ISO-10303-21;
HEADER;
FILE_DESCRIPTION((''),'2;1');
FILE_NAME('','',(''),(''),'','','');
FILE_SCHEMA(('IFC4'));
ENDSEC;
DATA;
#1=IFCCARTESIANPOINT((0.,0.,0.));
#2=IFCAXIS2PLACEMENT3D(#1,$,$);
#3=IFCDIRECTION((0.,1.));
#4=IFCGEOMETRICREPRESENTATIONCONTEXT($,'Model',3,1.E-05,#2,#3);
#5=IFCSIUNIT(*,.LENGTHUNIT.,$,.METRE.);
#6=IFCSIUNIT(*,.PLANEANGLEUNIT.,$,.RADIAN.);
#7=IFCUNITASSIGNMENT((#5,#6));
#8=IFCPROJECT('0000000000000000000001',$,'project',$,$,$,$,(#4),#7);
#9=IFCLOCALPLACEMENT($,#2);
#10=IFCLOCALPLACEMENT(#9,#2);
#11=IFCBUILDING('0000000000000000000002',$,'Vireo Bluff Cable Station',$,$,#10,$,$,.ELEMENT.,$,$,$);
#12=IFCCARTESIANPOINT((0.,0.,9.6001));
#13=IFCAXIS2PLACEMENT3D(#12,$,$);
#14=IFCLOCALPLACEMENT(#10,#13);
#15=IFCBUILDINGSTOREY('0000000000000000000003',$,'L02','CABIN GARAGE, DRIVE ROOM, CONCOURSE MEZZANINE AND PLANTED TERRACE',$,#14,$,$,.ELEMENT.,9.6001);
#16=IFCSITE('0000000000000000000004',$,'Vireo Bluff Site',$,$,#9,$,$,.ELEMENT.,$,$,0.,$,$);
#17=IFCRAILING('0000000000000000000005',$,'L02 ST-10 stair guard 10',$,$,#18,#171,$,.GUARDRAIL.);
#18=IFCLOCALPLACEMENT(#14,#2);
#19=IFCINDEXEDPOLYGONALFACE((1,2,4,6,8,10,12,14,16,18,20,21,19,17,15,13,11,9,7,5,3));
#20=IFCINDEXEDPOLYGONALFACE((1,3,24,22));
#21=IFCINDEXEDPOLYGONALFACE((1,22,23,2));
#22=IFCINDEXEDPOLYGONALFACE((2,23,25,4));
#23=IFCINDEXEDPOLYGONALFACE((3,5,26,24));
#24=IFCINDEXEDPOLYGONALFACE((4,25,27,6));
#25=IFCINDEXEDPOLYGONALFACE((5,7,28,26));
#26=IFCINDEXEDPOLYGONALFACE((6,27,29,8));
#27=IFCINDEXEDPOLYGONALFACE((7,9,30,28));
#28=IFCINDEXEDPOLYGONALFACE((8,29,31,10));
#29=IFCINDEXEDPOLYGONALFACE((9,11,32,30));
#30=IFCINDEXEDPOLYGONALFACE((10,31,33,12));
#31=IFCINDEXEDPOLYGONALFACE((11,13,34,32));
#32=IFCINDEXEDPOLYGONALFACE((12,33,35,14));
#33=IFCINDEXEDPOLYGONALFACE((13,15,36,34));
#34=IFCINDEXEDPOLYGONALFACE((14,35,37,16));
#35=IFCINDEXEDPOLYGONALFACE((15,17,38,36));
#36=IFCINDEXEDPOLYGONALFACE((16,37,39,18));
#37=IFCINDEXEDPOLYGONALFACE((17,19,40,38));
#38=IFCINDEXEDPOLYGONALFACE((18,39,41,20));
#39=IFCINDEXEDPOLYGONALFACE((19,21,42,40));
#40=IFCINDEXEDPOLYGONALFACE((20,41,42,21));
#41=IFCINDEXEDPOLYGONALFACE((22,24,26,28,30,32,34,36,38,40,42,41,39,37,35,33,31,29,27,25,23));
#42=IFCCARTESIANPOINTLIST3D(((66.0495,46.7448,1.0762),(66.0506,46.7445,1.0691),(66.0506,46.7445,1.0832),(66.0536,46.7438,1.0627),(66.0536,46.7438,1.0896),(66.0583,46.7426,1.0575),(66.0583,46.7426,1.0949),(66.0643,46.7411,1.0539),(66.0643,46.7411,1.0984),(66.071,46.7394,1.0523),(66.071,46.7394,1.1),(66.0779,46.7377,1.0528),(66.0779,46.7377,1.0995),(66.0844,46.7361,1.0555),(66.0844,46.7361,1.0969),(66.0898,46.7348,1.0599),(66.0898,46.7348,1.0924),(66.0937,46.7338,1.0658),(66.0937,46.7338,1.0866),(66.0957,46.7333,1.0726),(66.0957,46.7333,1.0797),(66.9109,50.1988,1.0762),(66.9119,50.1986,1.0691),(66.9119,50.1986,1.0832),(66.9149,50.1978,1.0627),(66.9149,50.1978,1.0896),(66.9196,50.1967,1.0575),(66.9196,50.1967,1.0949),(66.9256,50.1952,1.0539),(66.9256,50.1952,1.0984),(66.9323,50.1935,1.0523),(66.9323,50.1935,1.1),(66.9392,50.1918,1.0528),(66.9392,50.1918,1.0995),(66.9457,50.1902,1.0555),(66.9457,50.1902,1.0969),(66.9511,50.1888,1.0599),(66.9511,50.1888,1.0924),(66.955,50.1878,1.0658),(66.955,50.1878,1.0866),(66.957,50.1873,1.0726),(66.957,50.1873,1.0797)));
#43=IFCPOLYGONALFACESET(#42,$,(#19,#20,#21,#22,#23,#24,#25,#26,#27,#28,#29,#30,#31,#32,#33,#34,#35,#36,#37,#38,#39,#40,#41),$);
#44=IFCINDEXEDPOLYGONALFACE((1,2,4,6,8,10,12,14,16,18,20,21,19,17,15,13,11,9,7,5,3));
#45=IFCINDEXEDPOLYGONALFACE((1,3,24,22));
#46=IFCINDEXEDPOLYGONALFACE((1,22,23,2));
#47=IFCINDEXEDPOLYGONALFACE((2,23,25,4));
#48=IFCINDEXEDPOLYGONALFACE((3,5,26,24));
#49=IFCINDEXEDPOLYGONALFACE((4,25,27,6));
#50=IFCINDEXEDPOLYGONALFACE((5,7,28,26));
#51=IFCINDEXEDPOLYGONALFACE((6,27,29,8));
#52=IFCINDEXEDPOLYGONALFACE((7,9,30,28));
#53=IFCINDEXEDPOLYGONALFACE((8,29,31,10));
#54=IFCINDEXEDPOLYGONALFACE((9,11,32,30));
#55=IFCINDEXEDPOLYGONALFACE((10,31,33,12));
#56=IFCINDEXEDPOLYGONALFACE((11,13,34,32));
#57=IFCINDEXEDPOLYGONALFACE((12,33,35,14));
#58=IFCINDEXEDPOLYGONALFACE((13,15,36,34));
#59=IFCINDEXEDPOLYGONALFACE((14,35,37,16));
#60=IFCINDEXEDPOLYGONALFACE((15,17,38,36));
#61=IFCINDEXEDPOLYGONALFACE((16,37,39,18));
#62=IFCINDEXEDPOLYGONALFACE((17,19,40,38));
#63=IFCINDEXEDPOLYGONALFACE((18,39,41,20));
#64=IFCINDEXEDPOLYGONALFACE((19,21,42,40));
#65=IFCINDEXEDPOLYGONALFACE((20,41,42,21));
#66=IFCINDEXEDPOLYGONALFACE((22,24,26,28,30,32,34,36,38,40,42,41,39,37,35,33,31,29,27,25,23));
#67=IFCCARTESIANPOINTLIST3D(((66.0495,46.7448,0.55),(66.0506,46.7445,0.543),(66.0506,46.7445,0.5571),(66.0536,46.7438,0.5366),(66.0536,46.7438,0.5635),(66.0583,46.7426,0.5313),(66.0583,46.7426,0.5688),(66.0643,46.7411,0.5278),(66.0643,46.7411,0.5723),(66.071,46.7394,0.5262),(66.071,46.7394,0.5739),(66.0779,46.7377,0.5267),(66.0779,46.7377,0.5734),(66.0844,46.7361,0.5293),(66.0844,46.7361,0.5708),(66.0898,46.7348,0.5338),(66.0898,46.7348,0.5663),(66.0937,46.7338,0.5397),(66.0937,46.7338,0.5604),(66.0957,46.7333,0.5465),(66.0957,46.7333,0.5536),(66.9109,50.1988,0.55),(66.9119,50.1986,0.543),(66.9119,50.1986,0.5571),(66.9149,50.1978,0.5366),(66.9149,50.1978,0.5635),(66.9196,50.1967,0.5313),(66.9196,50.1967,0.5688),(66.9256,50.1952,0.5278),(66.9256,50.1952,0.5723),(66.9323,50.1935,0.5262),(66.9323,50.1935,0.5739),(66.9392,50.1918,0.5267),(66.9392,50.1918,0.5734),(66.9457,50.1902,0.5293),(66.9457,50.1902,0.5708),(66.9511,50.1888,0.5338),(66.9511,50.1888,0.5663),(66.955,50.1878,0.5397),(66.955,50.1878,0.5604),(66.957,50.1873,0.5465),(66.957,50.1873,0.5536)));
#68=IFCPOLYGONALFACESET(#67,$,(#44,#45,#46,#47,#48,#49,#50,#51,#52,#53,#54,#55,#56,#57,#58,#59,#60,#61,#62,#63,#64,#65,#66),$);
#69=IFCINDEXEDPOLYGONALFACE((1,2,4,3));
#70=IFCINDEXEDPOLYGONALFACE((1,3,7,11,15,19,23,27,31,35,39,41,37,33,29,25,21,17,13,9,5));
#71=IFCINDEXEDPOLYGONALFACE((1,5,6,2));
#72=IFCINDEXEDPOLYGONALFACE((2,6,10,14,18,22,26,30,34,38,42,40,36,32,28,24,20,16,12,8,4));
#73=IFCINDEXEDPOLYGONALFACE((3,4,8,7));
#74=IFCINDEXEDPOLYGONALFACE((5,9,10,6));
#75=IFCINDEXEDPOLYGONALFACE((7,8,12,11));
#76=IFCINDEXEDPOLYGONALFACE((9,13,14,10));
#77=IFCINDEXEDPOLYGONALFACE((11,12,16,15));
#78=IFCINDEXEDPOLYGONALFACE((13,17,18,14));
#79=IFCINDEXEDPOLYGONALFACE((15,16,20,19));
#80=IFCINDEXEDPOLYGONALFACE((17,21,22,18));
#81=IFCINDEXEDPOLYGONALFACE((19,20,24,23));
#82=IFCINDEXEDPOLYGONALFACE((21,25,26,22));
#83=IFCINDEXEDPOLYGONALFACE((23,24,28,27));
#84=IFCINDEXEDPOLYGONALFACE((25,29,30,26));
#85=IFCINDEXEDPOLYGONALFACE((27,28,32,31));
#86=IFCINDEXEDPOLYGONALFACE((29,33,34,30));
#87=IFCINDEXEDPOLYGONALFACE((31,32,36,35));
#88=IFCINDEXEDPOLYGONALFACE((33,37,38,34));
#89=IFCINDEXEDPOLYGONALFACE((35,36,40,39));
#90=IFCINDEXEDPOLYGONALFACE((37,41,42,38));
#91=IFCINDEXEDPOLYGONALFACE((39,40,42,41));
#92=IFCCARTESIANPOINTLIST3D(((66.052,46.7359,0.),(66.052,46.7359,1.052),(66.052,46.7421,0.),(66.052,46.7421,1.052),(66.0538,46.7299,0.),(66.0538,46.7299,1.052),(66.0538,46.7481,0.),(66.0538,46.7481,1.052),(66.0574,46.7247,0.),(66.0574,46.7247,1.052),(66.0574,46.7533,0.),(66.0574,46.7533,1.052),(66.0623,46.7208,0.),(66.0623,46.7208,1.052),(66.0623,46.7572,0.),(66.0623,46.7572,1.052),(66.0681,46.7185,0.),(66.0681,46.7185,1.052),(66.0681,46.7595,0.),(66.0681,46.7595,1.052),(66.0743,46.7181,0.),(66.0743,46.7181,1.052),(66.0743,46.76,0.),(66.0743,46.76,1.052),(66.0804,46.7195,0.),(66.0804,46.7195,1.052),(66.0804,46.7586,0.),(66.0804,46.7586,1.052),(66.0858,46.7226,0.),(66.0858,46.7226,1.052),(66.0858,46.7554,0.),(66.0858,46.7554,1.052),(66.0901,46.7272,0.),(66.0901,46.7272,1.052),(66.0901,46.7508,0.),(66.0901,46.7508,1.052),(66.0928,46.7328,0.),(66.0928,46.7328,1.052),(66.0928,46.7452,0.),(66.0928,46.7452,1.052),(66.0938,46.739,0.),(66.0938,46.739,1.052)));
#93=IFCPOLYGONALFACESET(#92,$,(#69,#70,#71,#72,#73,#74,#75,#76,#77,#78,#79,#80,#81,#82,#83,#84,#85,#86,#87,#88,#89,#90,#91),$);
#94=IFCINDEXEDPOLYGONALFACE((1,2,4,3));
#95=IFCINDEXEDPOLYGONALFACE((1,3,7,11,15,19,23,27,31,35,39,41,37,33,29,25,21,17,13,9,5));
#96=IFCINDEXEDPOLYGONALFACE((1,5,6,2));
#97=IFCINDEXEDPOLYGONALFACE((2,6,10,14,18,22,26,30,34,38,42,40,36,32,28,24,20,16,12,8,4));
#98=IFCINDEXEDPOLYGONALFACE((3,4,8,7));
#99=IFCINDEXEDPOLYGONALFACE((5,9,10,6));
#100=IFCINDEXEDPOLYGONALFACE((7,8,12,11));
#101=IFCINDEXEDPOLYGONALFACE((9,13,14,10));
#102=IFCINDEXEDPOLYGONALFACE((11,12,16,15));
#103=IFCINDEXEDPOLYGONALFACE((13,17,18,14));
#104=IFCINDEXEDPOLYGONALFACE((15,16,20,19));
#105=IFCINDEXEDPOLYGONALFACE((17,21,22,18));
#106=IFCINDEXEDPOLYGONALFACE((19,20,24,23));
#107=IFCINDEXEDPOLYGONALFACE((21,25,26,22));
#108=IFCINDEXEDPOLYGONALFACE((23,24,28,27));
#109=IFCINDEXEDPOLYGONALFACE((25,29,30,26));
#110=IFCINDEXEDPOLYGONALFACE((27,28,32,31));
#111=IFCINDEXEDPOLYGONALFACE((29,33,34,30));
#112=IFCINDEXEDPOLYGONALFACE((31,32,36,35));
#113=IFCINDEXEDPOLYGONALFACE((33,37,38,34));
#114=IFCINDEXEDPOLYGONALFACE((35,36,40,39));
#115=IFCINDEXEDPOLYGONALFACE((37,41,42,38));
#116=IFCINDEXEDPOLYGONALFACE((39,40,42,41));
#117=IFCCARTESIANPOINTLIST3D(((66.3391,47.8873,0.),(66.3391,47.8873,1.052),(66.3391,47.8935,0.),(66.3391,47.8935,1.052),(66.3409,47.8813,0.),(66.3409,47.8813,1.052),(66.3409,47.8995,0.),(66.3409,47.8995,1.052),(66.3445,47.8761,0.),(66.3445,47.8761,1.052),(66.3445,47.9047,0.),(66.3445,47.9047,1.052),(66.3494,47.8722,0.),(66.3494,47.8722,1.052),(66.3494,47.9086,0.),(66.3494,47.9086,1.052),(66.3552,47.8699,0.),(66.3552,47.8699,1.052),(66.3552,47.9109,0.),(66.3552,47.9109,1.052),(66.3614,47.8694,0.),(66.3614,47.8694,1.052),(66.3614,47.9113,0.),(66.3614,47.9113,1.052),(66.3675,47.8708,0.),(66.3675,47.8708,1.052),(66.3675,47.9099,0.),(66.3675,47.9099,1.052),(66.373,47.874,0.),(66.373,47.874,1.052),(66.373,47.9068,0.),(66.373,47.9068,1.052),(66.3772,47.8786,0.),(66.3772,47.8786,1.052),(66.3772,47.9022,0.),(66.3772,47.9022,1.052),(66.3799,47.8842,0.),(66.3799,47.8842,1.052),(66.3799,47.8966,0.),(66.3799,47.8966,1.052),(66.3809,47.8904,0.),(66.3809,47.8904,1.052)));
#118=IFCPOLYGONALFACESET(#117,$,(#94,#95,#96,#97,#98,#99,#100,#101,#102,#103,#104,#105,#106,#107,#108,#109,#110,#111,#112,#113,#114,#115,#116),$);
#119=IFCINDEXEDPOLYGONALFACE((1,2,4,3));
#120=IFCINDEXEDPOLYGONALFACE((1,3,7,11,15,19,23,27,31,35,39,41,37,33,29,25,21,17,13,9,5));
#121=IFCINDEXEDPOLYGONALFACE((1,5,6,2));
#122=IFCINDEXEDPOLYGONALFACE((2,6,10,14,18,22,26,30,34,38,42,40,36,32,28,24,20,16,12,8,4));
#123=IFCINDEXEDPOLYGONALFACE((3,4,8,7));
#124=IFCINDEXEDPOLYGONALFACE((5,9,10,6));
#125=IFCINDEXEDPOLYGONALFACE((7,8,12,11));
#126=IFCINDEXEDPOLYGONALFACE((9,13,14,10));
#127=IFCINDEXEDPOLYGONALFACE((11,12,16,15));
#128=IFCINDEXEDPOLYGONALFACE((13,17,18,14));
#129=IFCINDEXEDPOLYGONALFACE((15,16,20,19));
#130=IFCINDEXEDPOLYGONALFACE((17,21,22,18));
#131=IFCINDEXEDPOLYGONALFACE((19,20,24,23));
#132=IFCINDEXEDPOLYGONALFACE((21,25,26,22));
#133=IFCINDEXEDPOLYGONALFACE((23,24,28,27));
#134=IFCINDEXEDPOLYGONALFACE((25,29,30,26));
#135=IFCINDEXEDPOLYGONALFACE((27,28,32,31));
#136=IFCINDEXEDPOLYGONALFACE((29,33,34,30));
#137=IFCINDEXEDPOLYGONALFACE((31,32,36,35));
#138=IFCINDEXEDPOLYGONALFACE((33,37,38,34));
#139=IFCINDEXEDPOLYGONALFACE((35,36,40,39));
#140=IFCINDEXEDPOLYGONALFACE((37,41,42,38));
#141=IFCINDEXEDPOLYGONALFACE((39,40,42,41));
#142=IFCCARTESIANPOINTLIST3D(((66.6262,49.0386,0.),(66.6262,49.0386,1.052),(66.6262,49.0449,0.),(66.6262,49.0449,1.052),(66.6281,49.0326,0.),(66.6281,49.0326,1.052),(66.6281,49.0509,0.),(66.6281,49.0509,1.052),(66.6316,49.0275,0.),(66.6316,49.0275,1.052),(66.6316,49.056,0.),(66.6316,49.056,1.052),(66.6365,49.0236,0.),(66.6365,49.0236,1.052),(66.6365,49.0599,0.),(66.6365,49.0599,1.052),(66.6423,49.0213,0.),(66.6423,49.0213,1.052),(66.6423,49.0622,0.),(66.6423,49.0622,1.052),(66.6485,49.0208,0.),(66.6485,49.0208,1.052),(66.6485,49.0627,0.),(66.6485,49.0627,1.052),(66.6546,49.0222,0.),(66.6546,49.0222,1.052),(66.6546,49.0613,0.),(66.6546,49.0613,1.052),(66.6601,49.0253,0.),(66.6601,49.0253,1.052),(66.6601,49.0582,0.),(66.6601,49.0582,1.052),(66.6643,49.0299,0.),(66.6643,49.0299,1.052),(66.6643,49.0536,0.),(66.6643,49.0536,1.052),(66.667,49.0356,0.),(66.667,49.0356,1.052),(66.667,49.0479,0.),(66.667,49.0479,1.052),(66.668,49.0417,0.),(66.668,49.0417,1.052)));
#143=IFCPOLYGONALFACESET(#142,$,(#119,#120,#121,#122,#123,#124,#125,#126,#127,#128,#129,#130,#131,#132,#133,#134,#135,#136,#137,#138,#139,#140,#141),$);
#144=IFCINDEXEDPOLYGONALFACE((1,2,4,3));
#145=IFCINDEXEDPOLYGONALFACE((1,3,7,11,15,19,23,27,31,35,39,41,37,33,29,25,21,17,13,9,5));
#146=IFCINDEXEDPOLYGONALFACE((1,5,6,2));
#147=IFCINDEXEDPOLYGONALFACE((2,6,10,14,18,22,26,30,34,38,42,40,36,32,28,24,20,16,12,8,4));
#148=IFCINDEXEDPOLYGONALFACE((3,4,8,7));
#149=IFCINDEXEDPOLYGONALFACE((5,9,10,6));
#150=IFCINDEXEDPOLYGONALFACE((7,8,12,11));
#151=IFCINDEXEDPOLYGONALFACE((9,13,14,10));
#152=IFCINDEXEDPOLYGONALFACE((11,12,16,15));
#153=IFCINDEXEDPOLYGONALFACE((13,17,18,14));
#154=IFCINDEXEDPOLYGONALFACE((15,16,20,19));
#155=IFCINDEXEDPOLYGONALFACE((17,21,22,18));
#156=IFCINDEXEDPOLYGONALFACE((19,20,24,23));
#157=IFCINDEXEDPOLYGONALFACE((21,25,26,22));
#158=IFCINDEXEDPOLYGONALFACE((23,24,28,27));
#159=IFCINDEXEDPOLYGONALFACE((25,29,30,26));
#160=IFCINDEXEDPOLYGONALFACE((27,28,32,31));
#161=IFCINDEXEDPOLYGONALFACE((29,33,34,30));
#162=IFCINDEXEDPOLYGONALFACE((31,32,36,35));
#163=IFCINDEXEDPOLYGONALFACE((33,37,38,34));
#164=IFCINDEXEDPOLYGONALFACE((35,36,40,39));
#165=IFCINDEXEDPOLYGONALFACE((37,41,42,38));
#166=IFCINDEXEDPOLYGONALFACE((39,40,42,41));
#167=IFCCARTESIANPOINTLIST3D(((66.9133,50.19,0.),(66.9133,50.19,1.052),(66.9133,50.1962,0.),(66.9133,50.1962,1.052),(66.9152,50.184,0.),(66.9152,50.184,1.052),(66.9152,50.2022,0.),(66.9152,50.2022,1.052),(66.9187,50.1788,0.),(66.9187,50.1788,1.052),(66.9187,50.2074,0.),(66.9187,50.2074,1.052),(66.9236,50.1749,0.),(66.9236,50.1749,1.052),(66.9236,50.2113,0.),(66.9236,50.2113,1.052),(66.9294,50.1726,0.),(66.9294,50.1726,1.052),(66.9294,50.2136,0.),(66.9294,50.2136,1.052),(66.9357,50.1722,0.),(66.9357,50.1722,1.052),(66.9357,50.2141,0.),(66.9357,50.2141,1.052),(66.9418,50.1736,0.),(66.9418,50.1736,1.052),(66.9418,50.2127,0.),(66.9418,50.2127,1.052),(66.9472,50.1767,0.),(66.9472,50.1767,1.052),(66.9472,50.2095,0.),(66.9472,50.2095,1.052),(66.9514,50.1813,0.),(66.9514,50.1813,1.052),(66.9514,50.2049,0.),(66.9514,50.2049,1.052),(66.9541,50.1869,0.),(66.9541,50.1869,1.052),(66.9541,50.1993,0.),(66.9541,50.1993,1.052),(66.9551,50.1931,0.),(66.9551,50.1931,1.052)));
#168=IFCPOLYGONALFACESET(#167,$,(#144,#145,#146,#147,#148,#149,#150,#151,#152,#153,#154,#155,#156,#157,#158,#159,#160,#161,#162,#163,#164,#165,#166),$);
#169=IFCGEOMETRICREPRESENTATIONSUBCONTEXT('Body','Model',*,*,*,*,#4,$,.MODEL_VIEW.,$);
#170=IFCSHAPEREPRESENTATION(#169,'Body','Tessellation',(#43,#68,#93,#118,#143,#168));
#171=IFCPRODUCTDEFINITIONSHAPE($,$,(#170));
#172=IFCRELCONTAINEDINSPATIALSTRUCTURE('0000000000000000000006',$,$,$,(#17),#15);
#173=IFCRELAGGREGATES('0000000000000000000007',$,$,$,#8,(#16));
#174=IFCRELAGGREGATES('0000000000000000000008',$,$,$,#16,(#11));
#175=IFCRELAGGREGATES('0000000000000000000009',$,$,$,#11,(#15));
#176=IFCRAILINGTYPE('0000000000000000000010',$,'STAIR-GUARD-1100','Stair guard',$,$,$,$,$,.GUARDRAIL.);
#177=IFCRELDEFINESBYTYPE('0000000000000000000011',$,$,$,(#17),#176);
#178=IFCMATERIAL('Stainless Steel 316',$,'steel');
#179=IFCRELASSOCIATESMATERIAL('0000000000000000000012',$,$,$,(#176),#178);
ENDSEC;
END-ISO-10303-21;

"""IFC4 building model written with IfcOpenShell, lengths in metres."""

from ifc_helpers import new_model, si_unit, direction, frame, origin, origin_2d, place, context, subcontext, project, spatial, circle, extrude, material, type_object, element, save


model = new_model("IFC4")

# Units and contexts
model_context = context("Model", 3, precision=1e-05, world=origin(), true_north=direction((0.0, 1.0)))
body_context = subcontext(model_context, "Body", "Model", "MODEL_VIEW")
ifc_project = project(units=[si_unit("LENGTHUNIT", "METRE"), si_unit("PLANEANGLEUNIT", "RADIAN")], contexts=[model_context])

# Site, building, storey
site_placement = place(None, origin())
site = spatial("IfcSite", under=ifc_project, at=site_placement, Name="Vireo Bluff Site", CompositionType="ELEMENT", RefElevation=0.0)
building_placement = place(site_placement, origin())
building = spatial("IfcBuilding", under=site, at=building_placement, Name="Vireo Bluff Cable Station", CompositionType="ELEMENT")
storey_placement = place(building_placement, frame((0.0, 0.0, 9.6001)))
storey = spatial("IfcBuildingStorey", under=building, at=storey_placement, Name="L02", Description="CABIN GARAGE, DRIVE ROOM, CONCOURSE MEZZANINE AND PLANTED TERRACE", CompositionType="ELEMENT", Elevation=9.6001)

# Railing
ifc_material_1 = material(Name="Stainless Steel 316", Category="steel")
railing_type_1 = type_object("IfcRailingType", Name="STAIR-GUARD-1100", Description="Stair guard", PredefinedType="GUARDRAIL", material=ifc_material_1)
railing_1_placement = place(storey_placement, frame((66.0728, 46.739, 0.0)))
element("IfcRailing", 1, at=railing_1_placement, inside=storey, type_object=railing_type_1, Name="L02 ST-10 stair guard 10", PredefinedType="GUARDRAIL", context=body_context, shape_type="SweptSolid", body=[
    extrude(circle(Radius=0.0239, at=origin_2d()), frame((0.0, 0.0, 1.0762), z_axis=(0.241955, 0.970288, 0.0), x_axis=(-0.970288, 0.241955, 0.0)), (0.0, 0.0, 1.0), 3.5598),
    extrude(circle(Radius=0.0239, at=origin_2d()), frame((0.0, 0.0, 0.55), z_axis=(0.241955, 0.970288, 0.0), x_axis=(-0.970288, 0.241955, 0.0)), (0.0, 0.0, 1.0), 3.5598),
    extrude(circle(Radius=0.021, at=origin_2d()), origin(), (0.0, 0.0, 1.0), 1.052),
    extrude(circle(Radius=0.021, at=origin_2d()), frame((0.2871, 1.1514, 0.0)), (0.0, 0.0, 1.0), 1.052),
    extrude(circle(Radius=0.021, at=origin_2d()), frame((0.5742, 2.3027, 0.0)), (0.0, 0.0, 1.0), 1.052),
    extrude(circle(Radius=0.021, at=origin_2d()), frame((0.8613, 3.4541, 0.0)), (0.0, 0.0, 1.0), 1.052),
])

save(model, "model.ifc")
